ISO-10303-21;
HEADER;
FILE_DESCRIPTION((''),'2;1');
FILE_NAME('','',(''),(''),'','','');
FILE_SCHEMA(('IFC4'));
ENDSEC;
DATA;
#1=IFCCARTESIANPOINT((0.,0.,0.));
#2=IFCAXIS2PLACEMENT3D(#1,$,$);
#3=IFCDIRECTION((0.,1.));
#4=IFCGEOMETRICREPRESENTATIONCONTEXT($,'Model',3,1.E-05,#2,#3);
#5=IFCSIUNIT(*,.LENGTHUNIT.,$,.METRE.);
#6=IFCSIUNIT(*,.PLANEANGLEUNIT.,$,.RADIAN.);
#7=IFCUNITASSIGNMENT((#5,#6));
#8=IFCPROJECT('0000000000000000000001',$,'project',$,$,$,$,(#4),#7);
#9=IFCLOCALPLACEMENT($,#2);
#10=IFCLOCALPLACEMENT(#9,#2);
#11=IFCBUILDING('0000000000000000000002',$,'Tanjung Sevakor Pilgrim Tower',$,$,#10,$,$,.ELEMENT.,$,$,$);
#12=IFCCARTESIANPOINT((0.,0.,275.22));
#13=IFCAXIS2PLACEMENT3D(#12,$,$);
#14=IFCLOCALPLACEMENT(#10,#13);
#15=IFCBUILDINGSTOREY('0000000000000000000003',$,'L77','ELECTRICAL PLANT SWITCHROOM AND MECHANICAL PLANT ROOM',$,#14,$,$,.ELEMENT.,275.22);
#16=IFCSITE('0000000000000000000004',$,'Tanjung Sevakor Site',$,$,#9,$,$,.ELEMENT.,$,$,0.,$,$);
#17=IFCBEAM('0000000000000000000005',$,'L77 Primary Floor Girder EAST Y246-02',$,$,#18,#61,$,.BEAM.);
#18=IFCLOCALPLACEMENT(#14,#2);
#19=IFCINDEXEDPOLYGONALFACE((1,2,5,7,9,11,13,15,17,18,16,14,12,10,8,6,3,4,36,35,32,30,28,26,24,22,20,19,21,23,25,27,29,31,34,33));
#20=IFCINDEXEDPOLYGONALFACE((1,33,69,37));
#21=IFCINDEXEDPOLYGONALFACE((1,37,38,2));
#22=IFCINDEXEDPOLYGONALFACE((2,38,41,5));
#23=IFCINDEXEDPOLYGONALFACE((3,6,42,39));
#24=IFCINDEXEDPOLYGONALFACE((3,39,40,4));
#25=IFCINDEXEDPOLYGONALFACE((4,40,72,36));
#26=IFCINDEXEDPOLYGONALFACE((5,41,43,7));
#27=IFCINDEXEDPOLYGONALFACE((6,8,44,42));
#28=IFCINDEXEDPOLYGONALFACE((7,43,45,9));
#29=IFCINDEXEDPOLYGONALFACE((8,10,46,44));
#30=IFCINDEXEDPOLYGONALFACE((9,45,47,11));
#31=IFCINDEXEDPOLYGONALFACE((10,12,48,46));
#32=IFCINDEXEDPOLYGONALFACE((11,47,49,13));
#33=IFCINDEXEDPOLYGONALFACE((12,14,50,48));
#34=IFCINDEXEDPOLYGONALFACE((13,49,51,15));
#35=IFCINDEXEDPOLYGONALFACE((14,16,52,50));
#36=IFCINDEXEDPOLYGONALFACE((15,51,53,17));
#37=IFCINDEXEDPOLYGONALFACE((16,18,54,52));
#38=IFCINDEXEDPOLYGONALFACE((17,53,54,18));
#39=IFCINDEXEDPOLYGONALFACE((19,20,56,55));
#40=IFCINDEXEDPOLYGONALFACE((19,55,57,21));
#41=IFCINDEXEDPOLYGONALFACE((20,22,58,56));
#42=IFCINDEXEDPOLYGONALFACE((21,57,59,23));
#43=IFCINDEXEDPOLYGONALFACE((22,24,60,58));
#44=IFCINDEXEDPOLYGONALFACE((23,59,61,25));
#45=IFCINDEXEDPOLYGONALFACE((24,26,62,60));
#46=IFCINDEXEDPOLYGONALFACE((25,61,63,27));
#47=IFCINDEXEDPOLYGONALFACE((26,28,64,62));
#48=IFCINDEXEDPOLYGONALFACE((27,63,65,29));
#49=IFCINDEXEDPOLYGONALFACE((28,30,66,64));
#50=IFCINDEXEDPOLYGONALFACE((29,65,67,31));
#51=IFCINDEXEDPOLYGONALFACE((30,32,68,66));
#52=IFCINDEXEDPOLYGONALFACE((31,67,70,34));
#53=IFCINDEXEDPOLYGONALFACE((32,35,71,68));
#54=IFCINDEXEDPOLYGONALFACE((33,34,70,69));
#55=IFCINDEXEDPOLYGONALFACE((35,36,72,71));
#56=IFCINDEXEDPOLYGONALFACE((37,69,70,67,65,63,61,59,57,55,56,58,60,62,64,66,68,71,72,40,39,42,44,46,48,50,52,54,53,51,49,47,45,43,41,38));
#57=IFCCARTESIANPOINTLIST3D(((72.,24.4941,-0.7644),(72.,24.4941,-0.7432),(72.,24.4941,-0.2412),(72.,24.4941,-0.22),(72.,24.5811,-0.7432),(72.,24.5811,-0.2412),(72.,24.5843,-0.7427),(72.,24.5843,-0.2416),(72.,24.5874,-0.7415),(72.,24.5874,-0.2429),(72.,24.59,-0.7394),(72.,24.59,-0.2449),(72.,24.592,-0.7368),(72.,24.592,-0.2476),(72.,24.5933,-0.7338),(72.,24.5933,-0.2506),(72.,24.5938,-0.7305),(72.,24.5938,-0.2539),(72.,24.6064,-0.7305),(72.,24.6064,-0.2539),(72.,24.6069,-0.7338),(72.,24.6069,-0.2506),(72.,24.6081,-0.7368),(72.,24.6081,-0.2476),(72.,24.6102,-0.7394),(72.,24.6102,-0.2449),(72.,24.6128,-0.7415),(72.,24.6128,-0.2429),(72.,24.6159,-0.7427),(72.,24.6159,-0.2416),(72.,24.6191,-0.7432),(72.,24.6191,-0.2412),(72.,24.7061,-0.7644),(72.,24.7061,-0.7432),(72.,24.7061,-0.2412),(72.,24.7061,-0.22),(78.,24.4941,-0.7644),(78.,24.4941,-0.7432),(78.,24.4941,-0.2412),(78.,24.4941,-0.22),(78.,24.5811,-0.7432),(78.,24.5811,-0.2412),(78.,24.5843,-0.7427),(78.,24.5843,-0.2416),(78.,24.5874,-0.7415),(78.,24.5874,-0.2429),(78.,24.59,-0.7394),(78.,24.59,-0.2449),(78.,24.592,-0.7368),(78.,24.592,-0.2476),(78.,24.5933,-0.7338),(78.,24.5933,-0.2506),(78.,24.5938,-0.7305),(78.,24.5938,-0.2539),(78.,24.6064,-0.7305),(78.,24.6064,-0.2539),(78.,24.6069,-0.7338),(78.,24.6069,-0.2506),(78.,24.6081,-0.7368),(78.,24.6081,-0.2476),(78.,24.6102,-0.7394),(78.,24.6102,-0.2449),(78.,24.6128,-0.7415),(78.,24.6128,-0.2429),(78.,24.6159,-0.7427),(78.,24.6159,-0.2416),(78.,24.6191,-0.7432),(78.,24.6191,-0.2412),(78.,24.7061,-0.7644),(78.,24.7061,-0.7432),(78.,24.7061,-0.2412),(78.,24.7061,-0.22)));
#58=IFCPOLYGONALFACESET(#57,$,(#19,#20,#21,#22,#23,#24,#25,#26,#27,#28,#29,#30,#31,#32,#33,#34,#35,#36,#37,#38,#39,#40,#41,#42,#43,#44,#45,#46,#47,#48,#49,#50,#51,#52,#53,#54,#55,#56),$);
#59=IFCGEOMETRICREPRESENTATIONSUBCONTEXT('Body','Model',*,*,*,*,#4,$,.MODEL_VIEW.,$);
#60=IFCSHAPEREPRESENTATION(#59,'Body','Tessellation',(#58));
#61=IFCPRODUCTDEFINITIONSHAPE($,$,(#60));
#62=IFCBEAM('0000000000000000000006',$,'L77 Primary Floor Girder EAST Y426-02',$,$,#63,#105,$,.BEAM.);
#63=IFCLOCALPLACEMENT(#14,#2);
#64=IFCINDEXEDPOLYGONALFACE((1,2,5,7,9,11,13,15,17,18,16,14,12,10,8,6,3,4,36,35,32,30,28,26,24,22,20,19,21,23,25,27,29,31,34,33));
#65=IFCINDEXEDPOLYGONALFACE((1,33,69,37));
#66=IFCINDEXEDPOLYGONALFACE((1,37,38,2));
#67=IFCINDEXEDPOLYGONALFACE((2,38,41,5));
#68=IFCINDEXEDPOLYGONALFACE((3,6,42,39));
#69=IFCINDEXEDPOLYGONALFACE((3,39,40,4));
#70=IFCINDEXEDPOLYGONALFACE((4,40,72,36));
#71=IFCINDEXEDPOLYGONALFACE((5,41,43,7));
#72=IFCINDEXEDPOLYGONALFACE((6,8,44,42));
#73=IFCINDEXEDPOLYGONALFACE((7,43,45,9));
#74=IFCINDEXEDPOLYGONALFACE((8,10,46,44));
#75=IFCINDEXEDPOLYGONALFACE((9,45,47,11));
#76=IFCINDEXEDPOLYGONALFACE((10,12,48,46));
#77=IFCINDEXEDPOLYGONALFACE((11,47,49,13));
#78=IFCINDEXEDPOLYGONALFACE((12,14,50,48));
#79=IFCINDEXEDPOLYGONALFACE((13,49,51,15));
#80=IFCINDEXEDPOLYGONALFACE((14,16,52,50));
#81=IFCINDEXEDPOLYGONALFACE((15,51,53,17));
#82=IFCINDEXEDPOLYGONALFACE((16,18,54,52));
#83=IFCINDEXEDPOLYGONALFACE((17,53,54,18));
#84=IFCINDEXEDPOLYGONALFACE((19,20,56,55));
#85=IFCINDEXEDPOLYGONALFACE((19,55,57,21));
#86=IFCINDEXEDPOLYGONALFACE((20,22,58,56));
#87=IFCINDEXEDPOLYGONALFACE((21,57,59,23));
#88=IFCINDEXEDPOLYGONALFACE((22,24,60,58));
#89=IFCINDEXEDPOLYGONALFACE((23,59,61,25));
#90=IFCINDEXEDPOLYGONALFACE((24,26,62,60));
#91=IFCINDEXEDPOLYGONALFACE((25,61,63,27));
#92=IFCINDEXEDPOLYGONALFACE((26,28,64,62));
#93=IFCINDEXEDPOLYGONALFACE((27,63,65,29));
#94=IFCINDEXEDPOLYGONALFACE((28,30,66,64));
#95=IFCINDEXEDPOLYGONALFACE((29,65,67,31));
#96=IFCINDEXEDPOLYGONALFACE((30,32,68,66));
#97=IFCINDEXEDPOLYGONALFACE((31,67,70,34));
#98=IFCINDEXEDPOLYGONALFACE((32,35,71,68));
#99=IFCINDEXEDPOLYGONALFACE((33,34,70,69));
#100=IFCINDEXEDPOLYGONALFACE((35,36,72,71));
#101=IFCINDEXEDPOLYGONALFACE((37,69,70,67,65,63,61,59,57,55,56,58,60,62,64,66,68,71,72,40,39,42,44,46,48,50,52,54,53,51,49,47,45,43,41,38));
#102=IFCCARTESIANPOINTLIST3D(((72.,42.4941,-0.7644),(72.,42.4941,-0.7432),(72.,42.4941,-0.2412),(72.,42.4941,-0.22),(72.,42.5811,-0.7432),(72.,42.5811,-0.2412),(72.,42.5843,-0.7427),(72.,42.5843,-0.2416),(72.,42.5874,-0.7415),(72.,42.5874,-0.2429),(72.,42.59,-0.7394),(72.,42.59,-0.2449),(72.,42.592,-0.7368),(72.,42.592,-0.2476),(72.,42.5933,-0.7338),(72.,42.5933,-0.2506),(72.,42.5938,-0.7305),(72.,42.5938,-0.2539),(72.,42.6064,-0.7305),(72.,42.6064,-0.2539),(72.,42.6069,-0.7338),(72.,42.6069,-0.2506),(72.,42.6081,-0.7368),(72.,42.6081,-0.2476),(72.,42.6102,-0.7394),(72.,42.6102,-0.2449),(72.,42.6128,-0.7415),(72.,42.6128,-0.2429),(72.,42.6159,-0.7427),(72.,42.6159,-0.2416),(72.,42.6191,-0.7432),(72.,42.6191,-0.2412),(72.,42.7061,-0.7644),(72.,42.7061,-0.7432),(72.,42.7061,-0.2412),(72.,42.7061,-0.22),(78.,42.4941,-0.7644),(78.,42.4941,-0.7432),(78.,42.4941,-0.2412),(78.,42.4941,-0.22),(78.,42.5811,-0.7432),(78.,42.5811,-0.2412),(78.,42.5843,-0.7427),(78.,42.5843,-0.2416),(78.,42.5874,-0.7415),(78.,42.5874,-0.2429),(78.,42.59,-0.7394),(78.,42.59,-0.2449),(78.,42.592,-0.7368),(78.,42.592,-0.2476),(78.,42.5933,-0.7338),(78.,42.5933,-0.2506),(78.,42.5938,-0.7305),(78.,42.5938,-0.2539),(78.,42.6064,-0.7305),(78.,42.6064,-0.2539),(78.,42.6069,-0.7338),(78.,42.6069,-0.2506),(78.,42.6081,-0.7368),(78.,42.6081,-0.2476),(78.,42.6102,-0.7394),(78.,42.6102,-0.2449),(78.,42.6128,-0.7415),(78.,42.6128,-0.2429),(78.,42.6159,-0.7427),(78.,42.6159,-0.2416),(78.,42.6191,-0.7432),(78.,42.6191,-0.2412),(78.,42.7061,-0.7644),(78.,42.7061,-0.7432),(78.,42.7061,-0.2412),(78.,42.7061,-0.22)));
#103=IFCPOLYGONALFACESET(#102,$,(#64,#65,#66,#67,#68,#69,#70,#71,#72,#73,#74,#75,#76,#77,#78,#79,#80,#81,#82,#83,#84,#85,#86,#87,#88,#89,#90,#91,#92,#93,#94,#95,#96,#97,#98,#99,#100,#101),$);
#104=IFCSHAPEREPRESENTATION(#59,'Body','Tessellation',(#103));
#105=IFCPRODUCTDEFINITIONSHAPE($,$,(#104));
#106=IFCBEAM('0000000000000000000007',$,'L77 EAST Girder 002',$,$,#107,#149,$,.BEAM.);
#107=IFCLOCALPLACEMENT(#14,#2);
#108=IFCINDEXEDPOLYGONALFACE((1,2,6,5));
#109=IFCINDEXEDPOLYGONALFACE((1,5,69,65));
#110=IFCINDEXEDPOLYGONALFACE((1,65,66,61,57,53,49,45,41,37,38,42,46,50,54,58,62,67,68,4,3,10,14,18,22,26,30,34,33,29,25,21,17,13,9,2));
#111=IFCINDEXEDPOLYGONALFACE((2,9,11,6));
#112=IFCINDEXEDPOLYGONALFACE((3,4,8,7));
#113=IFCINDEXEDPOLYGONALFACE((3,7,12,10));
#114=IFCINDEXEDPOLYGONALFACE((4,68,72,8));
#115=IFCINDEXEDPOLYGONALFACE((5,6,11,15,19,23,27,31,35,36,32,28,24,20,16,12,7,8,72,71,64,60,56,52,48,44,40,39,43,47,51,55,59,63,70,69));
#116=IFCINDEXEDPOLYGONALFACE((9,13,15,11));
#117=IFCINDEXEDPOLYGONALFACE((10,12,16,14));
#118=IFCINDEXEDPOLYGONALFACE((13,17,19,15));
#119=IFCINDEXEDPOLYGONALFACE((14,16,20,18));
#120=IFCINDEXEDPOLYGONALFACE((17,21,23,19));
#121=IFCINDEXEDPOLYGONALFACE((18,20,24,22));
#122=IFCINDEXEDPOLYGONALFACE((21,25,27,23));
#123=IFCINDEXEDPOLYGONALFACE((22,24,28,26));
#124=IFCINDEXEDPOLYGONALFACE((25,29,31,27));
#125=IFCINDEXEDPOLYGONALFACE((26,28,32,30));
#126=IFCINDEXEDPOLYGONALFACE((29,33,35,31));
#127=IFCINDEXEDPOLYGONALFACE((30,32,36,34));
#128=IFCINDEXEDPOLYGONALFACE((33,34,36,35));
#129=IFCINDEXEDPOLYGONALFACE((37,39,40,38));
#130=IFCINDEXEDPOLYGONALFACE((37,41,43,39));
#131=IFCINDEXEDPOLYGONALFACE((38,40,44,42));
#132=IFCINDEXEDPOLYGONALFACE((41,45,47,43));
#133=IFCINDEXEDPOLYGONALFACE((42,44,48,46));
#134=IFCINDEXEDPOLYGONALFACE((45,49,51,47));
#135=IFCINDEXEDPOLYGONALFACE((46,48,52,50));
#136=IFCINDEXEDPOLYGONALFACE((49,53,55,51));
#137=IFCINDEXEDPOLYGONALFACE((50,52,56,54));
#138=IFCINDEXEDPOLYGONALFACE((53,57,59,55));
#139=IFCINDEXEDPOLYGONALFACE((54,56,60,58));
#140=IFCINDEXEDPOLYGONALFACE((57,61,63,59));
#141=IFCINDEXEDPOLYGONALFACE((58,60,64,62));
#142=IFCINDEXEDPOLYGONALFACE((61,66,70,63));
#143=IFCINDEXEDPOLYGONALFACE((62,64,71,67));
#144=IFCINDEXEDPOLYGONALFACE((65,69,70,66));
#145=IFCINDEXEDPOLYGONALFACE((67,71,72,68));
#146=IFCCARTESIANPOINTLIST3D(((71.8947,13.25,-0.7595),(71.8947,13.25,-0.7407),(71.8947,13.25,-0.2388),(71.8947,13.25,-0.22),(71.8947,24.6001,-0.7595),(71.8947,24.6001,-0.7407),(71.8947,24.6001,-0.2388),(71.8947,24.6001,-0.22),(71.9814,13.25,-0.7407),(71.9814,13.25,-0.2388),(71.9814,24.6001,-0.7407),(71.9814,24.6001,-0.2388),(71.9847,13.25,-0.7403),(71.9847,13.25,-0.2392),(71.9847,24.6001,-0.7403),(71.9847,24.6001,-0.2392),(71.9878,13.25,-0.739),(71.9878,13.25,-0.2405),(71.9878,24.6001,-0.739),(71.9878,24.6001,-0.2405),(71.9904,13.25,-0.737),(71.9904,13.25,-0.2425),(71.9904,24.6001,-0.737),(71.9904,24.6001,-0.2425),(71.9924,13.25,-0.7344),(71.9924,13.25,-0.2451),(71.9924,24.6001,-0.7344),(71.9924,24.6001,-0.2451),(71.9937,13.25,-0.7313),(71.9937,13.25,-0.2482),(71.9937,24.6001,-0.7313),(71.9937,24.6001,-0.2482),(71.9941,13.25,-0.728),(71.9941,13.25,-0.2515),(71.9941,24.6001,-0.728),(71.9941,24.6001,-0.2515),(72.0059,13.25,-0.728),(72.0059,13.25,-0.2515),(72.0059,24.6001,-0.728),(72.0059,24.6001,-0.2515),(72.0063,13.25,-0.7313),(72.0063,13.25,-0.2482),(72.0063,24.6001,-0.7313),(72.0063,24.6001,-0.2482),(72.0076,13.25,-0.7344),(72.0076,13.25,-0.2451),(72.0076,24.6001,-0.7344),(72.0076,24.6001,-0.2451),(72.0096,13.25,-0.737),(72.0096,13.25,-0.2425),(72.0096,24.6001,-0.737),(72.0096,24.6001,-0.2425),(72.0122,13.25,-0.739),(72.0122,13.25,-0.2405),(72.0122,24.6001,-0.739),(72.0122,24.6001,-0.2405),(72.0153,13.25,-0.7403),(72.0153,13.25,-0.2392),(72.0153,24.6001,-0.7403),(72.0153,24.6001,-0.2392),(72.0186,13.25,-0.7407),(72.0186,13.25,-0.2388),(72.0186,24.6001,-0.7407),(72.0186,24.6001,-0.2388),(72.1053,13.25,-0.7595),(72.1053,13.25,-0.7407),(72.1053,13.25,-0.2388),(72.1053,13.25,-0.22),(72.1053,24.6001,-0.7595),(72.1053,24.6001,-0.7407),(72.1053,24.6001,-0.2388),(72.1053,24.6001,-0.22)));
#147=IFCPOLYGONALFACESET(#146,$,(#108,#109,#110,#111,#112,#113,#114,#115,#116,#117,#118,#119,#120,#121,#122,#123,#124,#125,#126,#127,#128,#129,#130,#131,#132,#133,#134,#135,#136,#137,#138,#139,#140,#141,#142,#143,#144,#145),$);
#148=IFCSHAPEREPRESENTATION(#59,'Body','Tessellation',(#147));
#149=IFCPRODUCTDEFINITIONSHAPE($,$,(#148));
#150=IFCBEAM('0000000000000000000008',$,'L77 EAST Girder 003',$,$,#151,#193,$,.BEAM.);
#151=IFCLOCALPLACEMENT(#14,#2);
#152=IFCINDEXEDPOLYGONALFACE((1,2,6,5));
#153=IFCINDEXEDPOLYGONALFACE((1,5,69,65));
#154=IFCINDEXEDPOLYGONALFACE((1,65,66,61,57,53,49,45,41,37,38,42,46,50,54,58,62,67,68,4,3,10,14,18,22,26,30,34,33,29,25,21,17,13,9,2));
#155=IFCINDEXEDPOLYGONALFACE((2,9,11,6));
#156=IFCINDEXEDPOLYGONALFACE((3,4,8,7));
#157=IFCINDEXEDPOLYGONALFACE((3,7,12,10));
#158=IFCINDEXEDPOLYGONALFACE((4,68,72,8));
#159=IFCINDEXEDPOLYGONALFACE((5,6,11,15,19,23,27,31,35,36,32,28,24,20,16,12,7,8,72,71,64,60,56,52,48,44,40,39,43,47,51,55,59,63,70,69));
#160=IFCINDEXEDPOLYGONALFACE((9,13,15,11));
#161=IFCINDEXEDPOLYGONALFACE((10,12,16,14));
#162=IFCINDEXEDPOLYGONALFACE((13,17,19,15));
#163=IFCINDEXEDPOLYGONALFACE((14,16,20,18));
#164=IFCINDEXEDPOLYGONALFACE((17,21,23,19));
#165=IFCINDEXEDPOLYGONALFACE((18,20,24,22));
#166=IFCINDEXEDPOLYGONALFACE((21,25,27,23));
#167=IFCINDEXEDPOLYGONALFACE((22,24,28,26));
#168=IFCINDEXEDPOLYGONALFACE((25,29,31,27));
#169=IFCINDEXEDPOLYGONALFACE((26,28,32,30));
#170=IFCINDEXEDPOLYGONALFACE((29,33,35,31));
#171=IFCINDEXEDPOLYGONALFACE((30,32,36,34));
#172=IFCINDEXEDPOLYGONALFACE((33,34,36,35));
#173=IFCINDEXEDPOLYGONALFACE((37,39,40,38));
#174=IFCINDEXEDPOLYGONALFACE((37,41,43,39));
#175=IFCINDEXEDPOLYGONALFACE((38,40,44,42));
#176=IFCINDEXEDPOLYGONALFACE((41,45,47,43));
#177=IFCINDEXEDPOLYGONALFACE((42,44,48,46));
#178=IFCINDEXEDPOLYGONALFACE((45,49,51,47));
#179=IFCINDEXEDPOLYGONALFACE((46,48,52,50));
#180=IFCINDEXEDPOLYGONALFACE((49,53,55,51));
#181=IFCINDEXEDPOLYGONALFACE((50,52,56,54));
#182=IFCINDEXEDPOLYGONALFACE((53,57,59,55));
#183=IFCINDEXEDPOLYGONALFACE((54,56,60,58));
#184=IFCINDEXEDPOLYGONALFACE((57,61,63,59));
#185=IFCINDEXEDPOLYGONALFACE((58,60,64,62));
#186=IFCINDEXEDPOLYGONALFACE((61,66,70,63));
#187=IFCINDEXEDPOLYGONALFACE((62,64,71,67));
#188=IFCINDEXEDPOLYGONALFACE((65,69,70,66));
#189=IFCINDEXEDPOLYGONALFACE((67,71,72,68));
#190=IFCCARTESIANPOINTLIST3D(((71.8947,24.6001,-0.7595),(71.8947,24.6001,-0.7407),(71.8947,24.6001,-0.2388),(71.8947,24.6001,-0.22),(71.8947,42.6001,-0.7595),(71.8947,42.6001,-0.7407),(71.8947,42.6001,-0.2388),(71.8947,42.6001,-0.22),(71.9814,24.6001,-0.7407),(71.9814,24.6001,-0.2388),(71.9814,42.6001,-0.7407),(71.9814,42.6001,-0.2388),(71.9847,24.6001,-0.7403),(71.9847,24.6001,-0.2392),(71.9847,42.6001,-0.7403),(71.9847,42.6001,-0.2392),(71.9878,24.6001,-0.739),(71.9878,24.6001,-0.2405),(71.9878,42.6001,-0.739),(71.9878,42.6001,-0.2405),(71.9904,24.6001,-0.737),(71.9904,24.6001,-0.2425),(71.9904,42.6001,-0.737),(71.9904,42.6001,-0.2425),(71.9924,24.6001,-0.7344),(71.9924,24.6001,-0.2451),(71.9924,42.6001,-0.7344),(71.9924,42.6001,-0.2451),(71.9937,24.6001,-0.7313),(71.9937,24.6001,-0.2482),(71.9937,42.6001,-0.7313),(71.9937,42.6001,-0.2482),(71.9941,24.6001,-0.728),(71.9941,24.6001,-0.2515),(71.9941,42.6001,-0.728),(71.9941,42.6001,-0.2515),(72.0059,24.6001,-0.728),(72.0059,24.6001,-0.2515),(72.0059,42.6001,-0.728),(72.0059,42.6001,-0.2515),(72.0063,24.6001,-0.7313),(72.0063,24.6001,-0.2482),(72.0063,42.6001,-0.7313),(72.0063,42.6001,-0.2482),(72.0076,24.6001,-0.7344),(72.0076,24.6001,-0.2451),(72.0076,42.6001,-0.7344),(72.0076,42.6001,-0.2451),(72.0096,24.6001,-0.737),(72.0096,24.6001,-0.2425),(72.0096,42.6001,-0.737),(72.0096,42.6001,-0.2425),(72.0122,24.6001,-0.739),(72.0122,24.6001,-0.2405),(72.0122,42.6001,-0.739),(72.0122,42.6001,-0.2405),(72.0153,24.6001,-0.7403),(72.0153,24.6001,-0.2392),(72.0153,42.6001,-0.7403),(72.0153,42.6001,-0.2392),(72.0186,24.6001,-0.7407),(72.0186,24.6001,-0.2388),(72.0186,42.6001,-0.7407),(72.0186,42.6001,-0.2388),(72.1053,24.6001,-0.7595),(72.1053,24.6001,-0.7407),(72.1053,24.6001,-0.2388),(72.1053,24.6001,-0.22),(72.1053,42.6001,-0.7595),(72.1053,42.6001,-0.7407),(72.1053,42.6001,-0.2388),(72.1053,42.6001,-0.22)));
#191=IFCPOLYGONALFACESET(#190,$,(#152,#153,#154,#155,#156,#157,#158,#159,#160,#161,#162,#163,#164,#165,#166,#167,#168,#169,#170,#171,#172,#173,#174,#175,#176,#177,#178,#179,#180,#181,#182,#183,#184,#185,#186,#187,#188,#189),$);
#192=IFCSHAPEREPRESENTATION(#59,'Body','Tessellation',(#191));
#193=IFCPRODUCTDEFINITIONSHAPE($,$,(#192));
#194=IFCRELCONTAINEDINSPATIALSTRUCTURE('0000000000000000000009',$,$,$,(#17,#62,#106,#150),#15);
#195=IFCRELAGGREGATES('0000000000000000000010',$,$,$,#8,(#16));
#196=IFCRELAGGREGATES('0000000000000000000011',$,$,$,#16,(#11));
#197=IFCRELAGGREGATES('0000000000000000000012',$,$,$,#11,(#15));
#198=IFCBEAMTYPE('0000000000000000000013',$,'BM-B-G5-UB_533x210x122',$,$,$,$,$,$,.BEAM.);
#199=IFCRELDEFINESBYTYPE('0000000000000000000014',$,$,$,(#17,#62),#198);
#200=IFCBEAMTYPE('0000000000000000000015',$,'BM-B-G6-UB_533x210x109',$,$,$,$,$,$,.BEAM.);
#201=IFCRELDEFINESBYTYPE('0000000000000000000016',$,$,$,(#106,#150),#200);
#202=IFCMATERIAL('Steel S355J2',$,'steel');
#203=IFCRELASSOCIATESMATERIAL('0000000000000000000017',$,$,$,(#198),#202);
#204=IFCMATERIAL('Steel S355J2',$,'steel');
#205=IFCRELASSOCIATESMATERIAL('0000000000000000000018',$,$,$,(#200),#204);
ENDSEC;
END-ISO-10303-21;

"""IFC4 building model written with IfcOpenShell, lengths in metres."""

from ifc_helpers import new_model, si_unit, direction, frame, origin, origin_2d, place, context, subcontext, project, spatial, i_section, extrude, material, material_profile, profile_set, type_object, element, save


model = new_model("IFC4")

# Units and contexts
model_context = context("Model", 3, precision=1e-05, world=origin(), true_north=direction((0.0, 1.0)))
body_context = subcontext(model_context, "Body", "Model", "MODEL_VIEW")
ifc_project = project(units=[si_unit("LENGTHUNIT", "METRE"), si_unit("PLANEANGLEUNIT", "RADIAN")], contexts=[model_context])

# Site, building, storey
site_placement = place(None, origin())
site = spatial("IfcSite", under=ifc_project, at=site_placement, Name="Tanjung Sevakor Site", CompositionType="ELEMENT", RefElevation=0.0)
building_placement = place(site_placement, origin())
building = spatial("IfcBuilding", under=site, at=building_placement, Name="Tanjung Sevakor Pilgrim Tower", CompositionType="ELEMENT")
storey_placement = place(building_placement, frame((0.0, 0.0, 275.22)))
storey = spatial("IfcBuildingStorey", under=building, at=storey_placement, Name="L77", Description="ELECTRICAL PLANT SWITCHROOM AND MECHANICAL PLANT ROOM", CompositionType="ELEMENT", Elevation=275.22)

# Beams
ifc_material_1 = material(Name="Steel S355J2", Category="steel")
ifc_material_profile_1 = material_profile(ifc_material_1, i_section(OverallWidth=0.2119, OverallDepth=0.5444, WebThickness=0.0127, FlangeThickness=0.0212, FilletRadius=0.0127, at=origin_2d()))
ifc_profile_set_1 = profile_set([ifc_material_profile_1], Name="Steel S355J2")
beam_type_1 = type_object("IfcBeamType", Name="BM-B-G5-UB_533x210x122", PredefinedType="BEAM", material=ifc_profile_set_1)
for number, where, z_axis, x_axis, name in (
    (1, (72.0, 24.6001, -0.4922), (1.0, 0.0, 0.0), (0.0, 1.0, 0.0), "L77 Primary Floor Girder EAST Y246-02"),
    (2, (72.0, 42.6001, -0.4922), (1.0, 0.0, 0.0), (0.0, 1.0, 0.0), "L77 Primary Floor Girder EAST Y426-02"),
):
    element("IfcBeam", number, at=place(storey_placement, frame(where, z_axis=z_axis, x_axis=x_axis)), inside=storey, type_object=beam_type_1, Name=name, PredefinedType="BEAM", context=body_context, shape_type="SweptSolid", body=[
        extrude(i_section(OverallWidth=0.2119, OverallDepth=0.5444, WebThickness=0.0127, FlangeThickness=0.0212, FilletRadius=0.0127, at=origin_2d()), origin(), (0.0, 0.0, 1.0), 6.0),
    ])
ifc_material_2 = material(Name="Steel S355J2", Category="steel")
ifc_material_profile_2 = material_profile(ifc_material_2, i_section(OverallWidth=0.2107, OverallDepth=0.5396, WebThickness=0.0117, FlangeThickness=0.0188, FilletRadius=0.0127, at=origin_2d()))
ifc_profile_set_2 = profile_set([ifc_material_profile_2], Name="Steel S355J2")
beam_type_2 = type_object("IfcBeamType", Name="BM-B-G6-UB_533x210x109", PredefinedType="BEAM", material=ifc_profile_set_2)
beam_1_placement = place(storey_placement, frame((72.0, 13.25, -0.4897), z_axis=(0.0, 1.0, 0.0), x_axis=(-1.0, 0.0, 0.0)))
element("IfcBeam", 3, at=beam_1_placement, inside=storey, type_object=beam_type_2, Name="L77 EAST Girder 002", PredefinedType="BEAM", context=body_context, shape_type="SweptSolid", body=[
    extrude(i_section(OverallWidth=0.2107, OverallDepth=0.5396, WebThickness=0.0117, FlangeThickness=0.0188, FilletRadius=0.0127, at=origin_2d()), origin(), (0.0, 0.0, 1.0), 11.3501),
])
beam_2_placement = place(storey_placement, frame((72.0, 24.6001, -0.4897), z_axis=(0.0, 1.0, 0.0), x_axis=(-1.0, 0.0, 0.0)))
element("IfcBeam", 4, at=beam_2_placement, inside=storey, type_object=beam_type_2, Name="L77 EAST Girder 003", PredefinedType="BEAM", context=body_context, shape_type="SweptSolid", body=[
    extrude(i_section(OverallWidth=0.2107, OverallDepth=0.5396, WebThickness=0.0117, FlangeThickness=0.0188, FilletRadius=0.0127, at=origin_2d()), origin(), (0.0, 0.0, 1.0), 18.0),
])

save(model, "model.ifc")
